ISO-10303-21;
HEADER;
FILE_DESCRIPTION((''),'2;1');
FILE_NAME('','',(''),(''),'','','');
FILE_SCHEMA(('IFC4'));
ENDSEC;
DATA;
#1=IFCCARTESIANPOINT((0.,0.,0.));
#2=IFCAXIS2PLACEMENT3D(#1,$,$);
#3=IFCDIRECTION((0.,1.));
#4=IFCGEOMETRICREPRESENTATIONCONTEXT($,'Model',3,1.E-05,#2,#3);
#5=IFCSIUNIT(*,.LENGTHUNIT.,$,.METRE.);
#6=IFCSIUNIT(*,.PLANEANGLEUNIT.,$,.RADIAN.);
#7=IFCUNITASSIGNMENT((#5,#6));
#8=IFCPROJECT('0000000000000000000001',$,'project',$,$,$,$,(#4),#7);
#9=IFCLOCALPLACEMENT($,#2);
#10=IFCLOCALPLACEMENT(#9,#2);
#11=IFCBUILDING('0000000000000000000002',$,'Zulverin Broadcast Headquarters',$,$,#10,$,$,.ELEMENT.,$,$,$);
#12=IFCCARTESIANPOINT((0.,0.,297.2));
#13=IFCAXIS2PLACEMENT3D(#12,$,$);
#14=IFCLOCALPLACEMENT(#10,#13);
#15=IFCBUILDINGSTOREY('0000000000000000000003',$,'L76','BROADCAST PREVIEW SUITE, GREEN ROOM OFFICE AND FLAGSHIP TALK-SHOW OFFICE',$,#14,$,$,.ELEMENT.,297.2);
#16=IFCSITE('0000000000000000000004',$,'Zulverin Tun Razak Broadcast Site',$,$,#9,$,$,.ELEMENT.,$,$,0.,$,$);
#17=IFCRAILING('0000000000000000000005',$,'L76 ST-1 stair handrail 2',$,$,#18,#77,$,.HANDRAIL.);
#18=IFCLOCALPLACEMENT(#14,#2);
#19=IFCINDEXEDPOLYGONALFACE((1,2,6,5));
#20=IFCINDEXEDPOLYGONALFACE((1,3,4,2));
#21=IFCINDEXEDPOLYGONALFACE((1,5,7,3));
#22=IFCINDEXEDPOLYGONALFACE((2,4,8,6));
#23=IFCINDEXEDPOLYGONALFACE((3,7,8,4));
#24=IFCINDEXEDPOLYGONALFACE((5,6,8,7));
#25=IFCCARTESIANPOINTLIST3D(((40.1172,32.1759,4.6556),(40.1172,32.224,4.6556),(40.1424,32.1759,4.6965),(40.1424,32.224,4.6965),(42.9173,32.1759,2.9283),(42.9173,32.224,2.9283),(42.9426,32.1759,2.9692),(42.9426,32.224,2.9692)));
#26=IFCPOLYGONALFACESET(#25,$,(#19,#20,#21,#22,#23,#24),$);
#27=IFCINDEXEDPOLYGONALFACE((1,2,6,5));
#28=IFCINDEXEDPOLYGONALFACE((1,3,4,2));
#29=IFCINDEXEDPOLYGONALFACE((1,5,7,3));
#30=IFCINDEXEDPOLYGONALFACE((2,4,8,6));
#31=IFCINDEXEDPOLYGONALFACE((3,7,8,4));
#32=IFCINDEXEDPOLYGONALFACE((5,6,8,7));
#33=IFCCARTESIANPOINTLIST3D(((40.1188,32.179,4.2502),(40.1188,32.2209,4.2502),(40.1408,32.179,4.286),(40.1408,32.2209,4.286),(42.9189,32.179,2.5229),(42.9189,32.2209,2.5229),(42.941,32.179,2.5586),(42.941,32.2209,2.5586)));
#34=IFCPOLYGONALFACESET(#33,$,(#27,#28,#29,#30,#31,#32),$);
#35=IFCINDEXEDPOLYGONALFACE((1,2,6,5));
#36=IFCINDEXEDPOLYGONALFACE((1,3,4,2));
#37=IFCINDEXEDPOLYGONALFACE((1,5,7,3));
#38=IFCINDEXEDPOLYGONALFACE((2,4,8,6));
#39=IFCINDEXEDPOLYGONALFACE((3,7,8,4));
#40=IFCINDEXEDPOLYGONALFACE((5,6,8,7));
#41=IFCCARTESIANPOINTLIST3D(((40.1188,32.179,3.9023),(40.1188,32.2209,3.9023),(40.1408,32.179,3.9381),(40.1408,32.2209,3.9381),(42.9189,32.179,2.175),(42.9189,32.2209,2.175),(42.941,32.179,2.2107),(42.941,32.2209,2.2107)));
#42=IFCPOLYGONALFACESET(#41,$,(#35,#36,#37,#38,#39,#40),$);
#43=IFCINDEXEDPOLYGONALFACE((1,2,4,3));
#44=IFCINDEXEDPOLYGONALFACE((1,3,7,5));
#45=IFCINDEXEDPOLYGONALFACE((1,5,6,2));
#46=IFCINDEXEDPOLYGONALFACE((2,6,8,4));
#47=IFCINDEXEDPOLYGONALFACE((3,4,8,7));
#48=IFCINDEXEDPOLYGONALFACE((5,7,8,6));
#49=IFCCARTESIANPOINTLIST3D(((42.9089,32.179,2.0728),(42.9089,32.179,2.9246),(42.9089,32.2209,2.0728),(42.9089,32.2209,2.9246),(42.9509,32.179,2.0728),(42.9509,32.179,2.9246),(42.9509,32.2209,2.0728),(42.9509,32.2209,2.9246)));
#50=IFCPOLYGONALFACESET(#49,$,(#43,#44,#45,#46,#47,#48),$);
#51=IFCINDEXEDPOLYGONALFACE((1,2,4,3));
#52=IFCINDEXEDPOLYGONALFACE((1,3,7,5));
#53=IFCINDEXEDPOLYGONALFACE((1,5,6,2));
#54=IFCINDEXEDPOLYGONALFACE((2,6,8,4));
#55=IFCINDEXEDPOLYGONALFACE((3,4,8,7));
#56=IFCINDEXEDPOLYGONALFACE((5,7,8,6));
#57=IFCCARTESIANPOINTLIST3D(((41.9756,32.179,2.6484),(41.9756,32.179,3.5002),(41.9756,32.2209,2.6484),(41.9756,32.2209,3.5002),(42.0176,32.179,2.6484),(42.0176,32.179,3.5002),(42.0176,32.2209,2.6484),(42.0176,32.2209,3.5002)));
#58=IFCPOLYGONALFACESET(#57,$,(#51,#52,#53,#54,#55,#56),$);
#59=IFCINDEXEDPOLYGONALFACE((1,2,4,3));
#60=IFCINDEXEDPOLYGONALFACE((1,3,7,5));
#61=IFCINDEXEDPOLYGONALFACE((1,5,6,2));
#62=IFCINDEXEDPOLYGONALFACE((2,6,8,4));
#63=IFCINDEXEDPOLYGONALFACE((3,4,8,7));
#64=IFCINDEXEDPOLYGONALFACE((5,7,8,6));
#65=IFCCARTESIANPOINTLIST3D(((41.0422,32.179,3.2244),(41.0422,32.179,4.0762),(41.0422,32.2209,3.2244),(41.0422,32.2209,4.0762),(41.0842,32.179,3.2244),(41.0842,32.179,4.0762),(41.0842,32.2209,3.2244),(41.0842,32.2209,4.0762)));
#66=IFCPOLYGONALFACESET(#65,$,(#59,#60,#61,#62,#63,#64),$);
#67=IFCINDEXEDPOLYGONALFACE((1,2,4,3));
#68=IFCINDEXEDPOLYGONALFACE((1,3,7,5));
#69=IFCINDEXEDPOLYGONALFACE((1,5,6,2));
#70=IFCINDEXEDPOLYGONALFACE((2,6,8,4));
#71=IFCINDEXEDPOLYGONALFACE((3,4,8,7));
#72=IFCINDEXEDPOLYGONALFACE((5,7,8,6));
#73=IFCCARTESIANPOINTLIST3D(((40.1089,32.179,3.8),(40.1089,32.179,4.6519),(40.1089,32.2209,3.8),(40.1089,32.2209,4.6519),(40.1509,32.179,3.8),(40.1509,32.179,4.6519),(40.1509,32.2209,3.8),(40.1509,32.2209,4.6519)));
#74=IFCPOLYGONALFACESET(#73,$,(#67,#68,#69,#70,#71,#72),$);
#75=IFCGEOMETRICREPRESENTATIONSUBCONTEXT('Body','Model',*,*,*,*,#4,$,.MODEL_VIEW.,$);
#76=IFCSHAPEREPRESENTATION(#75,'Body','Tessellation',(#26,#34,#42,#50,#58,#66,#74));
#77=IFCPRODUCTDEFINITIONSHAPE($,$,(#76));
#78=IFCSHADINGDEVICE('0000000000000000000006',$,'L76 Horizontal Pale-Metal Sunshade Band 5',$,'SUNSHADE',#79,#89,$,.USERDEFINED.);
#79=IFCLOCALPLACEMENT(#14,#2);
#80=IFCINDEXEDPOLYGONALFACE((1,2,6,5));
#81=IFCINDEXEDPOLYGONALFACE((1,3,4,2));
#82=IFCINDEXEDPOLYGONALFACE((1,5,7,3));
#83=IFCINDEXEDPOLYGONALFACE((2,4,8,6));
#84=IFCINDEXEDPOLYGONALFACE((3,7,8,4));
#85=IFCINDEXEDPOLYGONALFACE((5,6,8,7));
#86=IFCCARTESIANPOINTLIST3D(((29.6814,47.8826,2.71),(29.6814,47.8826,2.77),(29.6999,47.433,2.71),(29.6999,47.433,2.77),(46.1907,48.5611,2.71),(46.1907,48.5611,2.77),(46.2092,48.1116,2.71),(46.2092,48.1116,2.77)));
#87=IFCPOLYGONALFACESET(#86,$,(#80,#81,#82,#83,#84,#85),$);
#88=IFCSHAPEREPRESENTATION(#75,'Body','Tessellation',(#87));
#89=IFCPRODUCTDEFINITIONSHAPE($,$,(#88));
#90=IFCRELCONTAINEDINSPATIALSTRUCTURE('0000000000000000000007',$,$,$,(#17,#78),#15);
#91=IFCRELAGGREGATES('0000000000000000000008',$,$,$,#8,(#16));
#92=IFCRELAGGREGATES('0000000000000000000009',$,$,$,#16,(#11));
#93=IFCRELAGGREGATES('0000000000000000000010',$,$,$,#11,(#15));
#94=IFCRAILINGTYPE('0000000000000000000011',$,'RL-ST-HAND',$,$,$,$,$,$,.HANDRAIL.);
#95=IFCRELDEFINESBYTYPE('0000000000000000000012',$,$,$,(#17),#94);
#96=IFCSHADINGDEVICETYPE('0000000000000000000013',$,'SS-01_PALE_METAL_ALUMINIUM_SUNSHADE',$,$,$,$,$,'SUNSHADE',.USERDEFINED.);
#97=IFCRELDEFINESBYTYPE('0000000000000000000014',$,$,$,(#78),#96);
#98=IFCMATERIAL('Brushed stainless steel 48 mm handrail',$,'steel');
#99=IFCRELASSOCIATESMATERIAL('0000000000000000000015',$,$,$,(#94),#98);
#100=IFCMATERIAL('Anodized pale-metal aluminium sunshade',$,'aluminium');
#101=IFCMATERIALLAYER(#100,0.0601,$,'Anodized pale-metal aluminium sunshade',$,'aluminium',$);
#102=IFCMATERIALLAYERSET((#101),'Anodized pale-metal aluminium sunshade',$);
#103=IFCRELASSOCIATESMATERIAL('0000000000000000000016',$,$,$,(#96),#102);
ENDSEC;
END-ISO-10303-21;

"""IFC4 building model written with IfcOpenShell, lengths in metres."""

from ifc_helpers import new_model, si_unit, direction, frame, origin, origin_2d, place, context, subcontext, project, spatial, rectangle, extrude, material, layer, layer_set, type_object, element, save


model = new_model("IFC4")

# Units and contexts
model_context = context("Model", 3, precision=1e-05, world=origin(), true_north=direction((0.0, 1.0)))
body_context = subcontext(model_context, "Body", "Model", "MODEL_VIEW")
ifc_project = project(units=[si_unit("LENGTHUNIT", "METRE"), si_unit("PLANEANGLEUNIT", "RADIAN")], contexts=[model_context])

# Site, building, storey
site_placement = place(None, origin())
site = spatial("IfcSite", under=ifc_project, at=site_placement, Name="Zulverin Tun Razak Broadcast Site", CompositionType="ELEMENT", RefElevation=0.0)
building_placement = place(site_placement, origin())
building = spatial("IfcBuilding", under=site, at=building_placement, Name="Zulverin Broadcast Headquarters", CompositionType="ELEMENT")
storey_placement = place(building_placement, frame((0.0, 0.0, 297.2)))
storey = spatial("IfcBuildingStorey", under=building, at=storey_placement, Name="L76", Description="BROADCAST PREVIEW SUITE, GREEN ROOM OFFICE AND FLAGSHIP TALK-SHOW OFFICE", CompositionType="ELEMENT", Elevation=297.2)

# Railing
ifc_material_1 = material(Name="Brushed stainless steel 48 mm handrail", Category="steel")
railing_type_1 = type_object("IfcRailingType", Name="RL-ST-HAND", PredefinedType="HANDRAIL", material=ifc_material_1)
railing_1_placement = place(storey_placement, frame((42.9299, 32.2, 2.0728)))
element("IfcRailing", 1, at=railing_1_placement, inside=storey, type_object=railing_type_1, Name="L76 ST-1 stair handrail 2", PredefinedType="HANDRAIL", context=body_context, shape_type="SweptSolid", body=[
    extrude(rectangle(XDim=0.0481, YDim=0.0481, at=origin_2d()), frame((0.0, 0.0, 0.876), z_axis=(-0.85109, 0.0, 0.52502), x_axis=(0.0, -1.0, 0.0)), (0.0, 0.0, 1.0), 3.29),
    extrude(rectangle(XDim=0.042, YDim=0.042, at=origin_2d()), frame((0.0, 0.0, 0.468), z_axis=(-0.85109, 0.0, 0.52502), x_axis=(0.0, -1.0, 0.0)), (0.0, 0.0, 1.0), 3.29),
    extrude(rectangle(XDim=0.042, YDim=0.042, at=origin_2d()), frame((0.0, 0.0, 0.1201), z_axis=(-0.85109, 0.0, 0.52502), x_axis=(0.0, -1.0, 0.0)), (0.0, 0.0, 1.0), 3.29),
    extrude(rectangle(XDim=0.042, YDim=0.042, at=origin_2d()), origin(), (0.0, 0.0, 1.0), 0.8518),
    extrude(rectangle(XDim=0.042, YDim=0.042, at=origin_2d()), frame((-0.9333, 0.0, 0.5757)), (0.0, 0.0, 1.0), 0.8518),
    extrude(rectangle(XDim=0.042, YDim=0.042, at=origin_2d()), frame((-1.8667, 0.0, 1.1516)), (0.0, 0.0, 1.0), 0.8518),
    extrude(rectangle(XDim=0.042, YDim=0.042, at=origin_2d()), frame((-2.8, 0.0, 1.7273)), (0.0, 0.0, 1.0), 0.8518),
])

# Shading device
ifc_material_2 = material(Name="Anodized pale-metal aluminium sunshade", Category="aluminium")
ifc_layer_1 = layer(ifc_material_2, 0.0601, Name="Anodized pale-metal aluminium sunshade", Category="aluminium")
ifc_layer_set_1 = layer_set([ifc_layer_1], Name="Anodized pale-metal aluminium sunshade")
shading_device_type = type_object("IfcShadingDeviceType", Name="SS-01_PALE_METAL_ALUMINIUM_SUNSHADE", ElementType="SUNSHADE", PredefinedType="USERDEFINED", material=ifc_layer_set_1)
shading_device_placement = place(storey_placement, frame((37.9453, 47.9971, 2.71), z_axis=(0.0, 0.0, 1.0), x_axis=(-0.999156, -0.041068, 0.0)))
element("IfcShadingDevice", 2, at=shading_device_placement, inside=storey, type_object=shading_device_type, Name="L76 Horizontal Pale-Metal Sunshade Band 5", ObjectType="SUNSHADE", PredefinedType="USERDEFINED", context=body_context, shape_type="SweptSolid", body=[
    extrude(rectangle(XDim=16.5232, YDim=0.45, at=origin_2d()), origin(), (0.0, 0.0, 1.0), 0.0601),
])

save(model, "model.ifc")
